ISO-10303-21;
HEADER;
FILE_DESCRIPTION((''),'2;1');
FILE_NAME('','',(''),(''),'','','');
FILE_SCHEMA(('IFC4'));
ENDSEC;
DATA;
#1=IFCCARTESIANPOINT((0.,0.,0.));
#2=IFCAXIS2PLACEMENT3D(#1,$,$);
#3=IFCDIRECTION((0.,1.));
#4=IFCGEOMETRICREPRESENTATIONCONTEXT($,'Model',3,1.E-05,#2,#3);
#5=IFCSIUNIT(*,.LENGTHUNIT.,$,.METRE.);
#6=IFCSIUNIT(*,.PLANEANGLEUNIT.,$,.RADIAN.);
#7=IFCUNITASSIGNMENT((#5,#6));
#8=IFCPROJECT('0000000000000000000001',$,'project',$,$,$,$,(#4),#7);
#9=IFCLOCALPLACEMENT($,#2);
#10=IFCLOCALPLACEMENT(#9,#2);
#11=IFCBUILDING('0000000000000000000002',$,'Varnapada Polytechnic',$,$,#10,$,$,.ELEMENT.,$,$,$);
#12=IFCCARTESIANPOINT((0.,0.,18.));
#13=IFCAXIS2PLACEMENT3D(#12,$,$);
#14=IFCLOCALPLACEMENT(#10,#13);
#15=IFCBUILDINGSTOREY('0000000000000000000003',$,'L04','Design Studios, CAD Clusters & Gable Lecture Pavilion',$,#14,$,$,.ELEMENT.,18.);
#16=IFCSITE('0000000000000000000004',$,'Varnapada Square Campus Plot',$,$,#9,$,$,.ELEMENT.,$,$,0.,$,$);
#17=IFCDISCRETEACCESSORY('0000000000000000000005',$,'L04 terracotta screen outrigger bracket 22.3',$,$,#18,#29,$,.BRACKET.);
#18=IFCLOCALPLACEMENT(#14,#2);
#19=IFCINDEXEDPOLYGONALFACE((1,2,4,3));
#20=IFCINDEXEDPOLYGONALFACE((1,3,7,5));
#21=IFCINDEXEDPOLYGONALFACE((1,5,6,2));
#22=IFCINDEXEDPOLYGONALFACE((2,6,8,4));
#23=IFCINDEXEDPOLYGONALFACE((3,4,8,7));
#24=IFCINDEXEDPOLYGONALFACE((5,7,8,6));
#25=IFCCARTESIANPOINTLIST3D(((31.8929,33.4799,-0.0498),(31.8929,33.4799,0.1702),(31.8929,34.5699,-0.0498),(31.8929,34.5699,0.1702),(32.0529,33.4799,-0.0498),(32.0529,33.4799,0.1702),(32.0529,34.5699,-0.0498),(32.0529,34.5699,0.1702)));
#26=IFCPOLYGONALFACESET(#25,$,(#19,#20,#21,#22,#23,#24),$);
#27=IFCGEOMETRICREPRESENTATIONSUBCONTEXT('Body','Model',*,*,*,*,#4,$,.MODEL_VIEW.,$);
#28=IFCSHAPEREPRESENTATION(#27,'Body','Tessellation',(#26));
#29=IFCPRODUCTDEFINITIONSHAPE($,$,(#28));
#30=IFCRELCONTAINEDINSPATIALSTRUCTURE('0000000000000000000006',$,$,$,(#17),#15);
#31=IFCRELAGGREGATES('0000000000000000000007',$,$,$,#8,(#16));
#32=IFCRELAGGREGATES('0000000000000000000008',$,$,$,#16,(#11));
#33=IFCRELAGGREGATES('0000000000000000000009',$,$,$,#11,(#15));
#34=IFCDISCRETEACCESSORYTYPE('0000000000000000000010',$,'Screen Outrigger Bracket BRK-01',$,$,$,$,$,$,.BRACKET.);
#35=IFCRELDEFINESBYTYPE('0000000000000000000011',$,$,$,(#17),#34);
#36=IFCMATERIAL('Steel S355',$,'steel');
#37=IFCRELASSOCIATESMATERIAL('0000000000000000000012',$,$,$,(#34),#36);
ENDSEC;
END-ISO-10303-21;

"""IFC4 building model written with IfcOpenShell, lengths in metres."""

from ifc_helpers import new_model, si_unit, direction, frame, origin, origin_2d, place, context, subcontext, project, spatial, rectangle, extrude, material, type_object, element, save


model = new_model("IFC4")

# Units and contexts
model_context = context("Model", 3, precision=1e-05, world=origin(), true_north=direction((0.0, 1.0)))
body_context = subcontext(model_context, "Body", "Model", "MODEL_VIEW")
ifc_project = project(units=[si_unit("LENGTHUNIT", "METRE"), si_unit("PLANEANGLEUNIT", "RADIAN")], contexts=[model_context])

# Site, building, storey
site_placement = place(None, origin())
site = spatial("IfcSite", under=ifc_project, at=site_placement, Name="Varnapada Square Campus Plot", CompositionType="ELEMENT", RefElevation=0.0)
building_placement = place(site_placement, origin())
building = spatial("IfcBuilding", under=site, at=building_placement, Name="Varnapada Polytechnic", CompositionType="ELEMENT")
storey_placement = place(building_placement, frame((0.0, 0.0, 18.0)))
storey = spatial("IfcBuildingStorey", under=building, at=storey_placement, Name="L04", Description="Design Studios, CAD Clusters & Gable Lecture Pavilion", CompositionType="ELEMENT", Elevation=18.0)

# Discrete accessory
ifc_material_1 = material(Name="Steel S355", Category="steel")
discrete_accessory_type = type_object("IfcDiscreteAccessoryType", Name="Screen Outrigger Bracket BRK-01", PredefinedType="BRACKET", material=ifc_material_1)
discrete_accessory_placement = place(storey_placement, frame((31.9729, 34.0249, -0.0498), z_axis=(0.0, 0.0, 1.0), x_axis=(1.0, 0.0, 0.0)))
element("IfcDiscreteAccessory", 1, at=discrete_accessory_placement, inside=storey, type_object=discrete_accessory_type, Name="L04 terracotta screen outrigger bracket 22.3", PredefinedType="BRACKET", context=body_context, shape_type="SweptSolid", body=[
    extrude(rectangle(XDim=0.1599, YDim=1.0901, at=origin_2d()), origin(), (0.0, 0.0, 1.0), 0.22),
])

save(model, "model.ifc")
